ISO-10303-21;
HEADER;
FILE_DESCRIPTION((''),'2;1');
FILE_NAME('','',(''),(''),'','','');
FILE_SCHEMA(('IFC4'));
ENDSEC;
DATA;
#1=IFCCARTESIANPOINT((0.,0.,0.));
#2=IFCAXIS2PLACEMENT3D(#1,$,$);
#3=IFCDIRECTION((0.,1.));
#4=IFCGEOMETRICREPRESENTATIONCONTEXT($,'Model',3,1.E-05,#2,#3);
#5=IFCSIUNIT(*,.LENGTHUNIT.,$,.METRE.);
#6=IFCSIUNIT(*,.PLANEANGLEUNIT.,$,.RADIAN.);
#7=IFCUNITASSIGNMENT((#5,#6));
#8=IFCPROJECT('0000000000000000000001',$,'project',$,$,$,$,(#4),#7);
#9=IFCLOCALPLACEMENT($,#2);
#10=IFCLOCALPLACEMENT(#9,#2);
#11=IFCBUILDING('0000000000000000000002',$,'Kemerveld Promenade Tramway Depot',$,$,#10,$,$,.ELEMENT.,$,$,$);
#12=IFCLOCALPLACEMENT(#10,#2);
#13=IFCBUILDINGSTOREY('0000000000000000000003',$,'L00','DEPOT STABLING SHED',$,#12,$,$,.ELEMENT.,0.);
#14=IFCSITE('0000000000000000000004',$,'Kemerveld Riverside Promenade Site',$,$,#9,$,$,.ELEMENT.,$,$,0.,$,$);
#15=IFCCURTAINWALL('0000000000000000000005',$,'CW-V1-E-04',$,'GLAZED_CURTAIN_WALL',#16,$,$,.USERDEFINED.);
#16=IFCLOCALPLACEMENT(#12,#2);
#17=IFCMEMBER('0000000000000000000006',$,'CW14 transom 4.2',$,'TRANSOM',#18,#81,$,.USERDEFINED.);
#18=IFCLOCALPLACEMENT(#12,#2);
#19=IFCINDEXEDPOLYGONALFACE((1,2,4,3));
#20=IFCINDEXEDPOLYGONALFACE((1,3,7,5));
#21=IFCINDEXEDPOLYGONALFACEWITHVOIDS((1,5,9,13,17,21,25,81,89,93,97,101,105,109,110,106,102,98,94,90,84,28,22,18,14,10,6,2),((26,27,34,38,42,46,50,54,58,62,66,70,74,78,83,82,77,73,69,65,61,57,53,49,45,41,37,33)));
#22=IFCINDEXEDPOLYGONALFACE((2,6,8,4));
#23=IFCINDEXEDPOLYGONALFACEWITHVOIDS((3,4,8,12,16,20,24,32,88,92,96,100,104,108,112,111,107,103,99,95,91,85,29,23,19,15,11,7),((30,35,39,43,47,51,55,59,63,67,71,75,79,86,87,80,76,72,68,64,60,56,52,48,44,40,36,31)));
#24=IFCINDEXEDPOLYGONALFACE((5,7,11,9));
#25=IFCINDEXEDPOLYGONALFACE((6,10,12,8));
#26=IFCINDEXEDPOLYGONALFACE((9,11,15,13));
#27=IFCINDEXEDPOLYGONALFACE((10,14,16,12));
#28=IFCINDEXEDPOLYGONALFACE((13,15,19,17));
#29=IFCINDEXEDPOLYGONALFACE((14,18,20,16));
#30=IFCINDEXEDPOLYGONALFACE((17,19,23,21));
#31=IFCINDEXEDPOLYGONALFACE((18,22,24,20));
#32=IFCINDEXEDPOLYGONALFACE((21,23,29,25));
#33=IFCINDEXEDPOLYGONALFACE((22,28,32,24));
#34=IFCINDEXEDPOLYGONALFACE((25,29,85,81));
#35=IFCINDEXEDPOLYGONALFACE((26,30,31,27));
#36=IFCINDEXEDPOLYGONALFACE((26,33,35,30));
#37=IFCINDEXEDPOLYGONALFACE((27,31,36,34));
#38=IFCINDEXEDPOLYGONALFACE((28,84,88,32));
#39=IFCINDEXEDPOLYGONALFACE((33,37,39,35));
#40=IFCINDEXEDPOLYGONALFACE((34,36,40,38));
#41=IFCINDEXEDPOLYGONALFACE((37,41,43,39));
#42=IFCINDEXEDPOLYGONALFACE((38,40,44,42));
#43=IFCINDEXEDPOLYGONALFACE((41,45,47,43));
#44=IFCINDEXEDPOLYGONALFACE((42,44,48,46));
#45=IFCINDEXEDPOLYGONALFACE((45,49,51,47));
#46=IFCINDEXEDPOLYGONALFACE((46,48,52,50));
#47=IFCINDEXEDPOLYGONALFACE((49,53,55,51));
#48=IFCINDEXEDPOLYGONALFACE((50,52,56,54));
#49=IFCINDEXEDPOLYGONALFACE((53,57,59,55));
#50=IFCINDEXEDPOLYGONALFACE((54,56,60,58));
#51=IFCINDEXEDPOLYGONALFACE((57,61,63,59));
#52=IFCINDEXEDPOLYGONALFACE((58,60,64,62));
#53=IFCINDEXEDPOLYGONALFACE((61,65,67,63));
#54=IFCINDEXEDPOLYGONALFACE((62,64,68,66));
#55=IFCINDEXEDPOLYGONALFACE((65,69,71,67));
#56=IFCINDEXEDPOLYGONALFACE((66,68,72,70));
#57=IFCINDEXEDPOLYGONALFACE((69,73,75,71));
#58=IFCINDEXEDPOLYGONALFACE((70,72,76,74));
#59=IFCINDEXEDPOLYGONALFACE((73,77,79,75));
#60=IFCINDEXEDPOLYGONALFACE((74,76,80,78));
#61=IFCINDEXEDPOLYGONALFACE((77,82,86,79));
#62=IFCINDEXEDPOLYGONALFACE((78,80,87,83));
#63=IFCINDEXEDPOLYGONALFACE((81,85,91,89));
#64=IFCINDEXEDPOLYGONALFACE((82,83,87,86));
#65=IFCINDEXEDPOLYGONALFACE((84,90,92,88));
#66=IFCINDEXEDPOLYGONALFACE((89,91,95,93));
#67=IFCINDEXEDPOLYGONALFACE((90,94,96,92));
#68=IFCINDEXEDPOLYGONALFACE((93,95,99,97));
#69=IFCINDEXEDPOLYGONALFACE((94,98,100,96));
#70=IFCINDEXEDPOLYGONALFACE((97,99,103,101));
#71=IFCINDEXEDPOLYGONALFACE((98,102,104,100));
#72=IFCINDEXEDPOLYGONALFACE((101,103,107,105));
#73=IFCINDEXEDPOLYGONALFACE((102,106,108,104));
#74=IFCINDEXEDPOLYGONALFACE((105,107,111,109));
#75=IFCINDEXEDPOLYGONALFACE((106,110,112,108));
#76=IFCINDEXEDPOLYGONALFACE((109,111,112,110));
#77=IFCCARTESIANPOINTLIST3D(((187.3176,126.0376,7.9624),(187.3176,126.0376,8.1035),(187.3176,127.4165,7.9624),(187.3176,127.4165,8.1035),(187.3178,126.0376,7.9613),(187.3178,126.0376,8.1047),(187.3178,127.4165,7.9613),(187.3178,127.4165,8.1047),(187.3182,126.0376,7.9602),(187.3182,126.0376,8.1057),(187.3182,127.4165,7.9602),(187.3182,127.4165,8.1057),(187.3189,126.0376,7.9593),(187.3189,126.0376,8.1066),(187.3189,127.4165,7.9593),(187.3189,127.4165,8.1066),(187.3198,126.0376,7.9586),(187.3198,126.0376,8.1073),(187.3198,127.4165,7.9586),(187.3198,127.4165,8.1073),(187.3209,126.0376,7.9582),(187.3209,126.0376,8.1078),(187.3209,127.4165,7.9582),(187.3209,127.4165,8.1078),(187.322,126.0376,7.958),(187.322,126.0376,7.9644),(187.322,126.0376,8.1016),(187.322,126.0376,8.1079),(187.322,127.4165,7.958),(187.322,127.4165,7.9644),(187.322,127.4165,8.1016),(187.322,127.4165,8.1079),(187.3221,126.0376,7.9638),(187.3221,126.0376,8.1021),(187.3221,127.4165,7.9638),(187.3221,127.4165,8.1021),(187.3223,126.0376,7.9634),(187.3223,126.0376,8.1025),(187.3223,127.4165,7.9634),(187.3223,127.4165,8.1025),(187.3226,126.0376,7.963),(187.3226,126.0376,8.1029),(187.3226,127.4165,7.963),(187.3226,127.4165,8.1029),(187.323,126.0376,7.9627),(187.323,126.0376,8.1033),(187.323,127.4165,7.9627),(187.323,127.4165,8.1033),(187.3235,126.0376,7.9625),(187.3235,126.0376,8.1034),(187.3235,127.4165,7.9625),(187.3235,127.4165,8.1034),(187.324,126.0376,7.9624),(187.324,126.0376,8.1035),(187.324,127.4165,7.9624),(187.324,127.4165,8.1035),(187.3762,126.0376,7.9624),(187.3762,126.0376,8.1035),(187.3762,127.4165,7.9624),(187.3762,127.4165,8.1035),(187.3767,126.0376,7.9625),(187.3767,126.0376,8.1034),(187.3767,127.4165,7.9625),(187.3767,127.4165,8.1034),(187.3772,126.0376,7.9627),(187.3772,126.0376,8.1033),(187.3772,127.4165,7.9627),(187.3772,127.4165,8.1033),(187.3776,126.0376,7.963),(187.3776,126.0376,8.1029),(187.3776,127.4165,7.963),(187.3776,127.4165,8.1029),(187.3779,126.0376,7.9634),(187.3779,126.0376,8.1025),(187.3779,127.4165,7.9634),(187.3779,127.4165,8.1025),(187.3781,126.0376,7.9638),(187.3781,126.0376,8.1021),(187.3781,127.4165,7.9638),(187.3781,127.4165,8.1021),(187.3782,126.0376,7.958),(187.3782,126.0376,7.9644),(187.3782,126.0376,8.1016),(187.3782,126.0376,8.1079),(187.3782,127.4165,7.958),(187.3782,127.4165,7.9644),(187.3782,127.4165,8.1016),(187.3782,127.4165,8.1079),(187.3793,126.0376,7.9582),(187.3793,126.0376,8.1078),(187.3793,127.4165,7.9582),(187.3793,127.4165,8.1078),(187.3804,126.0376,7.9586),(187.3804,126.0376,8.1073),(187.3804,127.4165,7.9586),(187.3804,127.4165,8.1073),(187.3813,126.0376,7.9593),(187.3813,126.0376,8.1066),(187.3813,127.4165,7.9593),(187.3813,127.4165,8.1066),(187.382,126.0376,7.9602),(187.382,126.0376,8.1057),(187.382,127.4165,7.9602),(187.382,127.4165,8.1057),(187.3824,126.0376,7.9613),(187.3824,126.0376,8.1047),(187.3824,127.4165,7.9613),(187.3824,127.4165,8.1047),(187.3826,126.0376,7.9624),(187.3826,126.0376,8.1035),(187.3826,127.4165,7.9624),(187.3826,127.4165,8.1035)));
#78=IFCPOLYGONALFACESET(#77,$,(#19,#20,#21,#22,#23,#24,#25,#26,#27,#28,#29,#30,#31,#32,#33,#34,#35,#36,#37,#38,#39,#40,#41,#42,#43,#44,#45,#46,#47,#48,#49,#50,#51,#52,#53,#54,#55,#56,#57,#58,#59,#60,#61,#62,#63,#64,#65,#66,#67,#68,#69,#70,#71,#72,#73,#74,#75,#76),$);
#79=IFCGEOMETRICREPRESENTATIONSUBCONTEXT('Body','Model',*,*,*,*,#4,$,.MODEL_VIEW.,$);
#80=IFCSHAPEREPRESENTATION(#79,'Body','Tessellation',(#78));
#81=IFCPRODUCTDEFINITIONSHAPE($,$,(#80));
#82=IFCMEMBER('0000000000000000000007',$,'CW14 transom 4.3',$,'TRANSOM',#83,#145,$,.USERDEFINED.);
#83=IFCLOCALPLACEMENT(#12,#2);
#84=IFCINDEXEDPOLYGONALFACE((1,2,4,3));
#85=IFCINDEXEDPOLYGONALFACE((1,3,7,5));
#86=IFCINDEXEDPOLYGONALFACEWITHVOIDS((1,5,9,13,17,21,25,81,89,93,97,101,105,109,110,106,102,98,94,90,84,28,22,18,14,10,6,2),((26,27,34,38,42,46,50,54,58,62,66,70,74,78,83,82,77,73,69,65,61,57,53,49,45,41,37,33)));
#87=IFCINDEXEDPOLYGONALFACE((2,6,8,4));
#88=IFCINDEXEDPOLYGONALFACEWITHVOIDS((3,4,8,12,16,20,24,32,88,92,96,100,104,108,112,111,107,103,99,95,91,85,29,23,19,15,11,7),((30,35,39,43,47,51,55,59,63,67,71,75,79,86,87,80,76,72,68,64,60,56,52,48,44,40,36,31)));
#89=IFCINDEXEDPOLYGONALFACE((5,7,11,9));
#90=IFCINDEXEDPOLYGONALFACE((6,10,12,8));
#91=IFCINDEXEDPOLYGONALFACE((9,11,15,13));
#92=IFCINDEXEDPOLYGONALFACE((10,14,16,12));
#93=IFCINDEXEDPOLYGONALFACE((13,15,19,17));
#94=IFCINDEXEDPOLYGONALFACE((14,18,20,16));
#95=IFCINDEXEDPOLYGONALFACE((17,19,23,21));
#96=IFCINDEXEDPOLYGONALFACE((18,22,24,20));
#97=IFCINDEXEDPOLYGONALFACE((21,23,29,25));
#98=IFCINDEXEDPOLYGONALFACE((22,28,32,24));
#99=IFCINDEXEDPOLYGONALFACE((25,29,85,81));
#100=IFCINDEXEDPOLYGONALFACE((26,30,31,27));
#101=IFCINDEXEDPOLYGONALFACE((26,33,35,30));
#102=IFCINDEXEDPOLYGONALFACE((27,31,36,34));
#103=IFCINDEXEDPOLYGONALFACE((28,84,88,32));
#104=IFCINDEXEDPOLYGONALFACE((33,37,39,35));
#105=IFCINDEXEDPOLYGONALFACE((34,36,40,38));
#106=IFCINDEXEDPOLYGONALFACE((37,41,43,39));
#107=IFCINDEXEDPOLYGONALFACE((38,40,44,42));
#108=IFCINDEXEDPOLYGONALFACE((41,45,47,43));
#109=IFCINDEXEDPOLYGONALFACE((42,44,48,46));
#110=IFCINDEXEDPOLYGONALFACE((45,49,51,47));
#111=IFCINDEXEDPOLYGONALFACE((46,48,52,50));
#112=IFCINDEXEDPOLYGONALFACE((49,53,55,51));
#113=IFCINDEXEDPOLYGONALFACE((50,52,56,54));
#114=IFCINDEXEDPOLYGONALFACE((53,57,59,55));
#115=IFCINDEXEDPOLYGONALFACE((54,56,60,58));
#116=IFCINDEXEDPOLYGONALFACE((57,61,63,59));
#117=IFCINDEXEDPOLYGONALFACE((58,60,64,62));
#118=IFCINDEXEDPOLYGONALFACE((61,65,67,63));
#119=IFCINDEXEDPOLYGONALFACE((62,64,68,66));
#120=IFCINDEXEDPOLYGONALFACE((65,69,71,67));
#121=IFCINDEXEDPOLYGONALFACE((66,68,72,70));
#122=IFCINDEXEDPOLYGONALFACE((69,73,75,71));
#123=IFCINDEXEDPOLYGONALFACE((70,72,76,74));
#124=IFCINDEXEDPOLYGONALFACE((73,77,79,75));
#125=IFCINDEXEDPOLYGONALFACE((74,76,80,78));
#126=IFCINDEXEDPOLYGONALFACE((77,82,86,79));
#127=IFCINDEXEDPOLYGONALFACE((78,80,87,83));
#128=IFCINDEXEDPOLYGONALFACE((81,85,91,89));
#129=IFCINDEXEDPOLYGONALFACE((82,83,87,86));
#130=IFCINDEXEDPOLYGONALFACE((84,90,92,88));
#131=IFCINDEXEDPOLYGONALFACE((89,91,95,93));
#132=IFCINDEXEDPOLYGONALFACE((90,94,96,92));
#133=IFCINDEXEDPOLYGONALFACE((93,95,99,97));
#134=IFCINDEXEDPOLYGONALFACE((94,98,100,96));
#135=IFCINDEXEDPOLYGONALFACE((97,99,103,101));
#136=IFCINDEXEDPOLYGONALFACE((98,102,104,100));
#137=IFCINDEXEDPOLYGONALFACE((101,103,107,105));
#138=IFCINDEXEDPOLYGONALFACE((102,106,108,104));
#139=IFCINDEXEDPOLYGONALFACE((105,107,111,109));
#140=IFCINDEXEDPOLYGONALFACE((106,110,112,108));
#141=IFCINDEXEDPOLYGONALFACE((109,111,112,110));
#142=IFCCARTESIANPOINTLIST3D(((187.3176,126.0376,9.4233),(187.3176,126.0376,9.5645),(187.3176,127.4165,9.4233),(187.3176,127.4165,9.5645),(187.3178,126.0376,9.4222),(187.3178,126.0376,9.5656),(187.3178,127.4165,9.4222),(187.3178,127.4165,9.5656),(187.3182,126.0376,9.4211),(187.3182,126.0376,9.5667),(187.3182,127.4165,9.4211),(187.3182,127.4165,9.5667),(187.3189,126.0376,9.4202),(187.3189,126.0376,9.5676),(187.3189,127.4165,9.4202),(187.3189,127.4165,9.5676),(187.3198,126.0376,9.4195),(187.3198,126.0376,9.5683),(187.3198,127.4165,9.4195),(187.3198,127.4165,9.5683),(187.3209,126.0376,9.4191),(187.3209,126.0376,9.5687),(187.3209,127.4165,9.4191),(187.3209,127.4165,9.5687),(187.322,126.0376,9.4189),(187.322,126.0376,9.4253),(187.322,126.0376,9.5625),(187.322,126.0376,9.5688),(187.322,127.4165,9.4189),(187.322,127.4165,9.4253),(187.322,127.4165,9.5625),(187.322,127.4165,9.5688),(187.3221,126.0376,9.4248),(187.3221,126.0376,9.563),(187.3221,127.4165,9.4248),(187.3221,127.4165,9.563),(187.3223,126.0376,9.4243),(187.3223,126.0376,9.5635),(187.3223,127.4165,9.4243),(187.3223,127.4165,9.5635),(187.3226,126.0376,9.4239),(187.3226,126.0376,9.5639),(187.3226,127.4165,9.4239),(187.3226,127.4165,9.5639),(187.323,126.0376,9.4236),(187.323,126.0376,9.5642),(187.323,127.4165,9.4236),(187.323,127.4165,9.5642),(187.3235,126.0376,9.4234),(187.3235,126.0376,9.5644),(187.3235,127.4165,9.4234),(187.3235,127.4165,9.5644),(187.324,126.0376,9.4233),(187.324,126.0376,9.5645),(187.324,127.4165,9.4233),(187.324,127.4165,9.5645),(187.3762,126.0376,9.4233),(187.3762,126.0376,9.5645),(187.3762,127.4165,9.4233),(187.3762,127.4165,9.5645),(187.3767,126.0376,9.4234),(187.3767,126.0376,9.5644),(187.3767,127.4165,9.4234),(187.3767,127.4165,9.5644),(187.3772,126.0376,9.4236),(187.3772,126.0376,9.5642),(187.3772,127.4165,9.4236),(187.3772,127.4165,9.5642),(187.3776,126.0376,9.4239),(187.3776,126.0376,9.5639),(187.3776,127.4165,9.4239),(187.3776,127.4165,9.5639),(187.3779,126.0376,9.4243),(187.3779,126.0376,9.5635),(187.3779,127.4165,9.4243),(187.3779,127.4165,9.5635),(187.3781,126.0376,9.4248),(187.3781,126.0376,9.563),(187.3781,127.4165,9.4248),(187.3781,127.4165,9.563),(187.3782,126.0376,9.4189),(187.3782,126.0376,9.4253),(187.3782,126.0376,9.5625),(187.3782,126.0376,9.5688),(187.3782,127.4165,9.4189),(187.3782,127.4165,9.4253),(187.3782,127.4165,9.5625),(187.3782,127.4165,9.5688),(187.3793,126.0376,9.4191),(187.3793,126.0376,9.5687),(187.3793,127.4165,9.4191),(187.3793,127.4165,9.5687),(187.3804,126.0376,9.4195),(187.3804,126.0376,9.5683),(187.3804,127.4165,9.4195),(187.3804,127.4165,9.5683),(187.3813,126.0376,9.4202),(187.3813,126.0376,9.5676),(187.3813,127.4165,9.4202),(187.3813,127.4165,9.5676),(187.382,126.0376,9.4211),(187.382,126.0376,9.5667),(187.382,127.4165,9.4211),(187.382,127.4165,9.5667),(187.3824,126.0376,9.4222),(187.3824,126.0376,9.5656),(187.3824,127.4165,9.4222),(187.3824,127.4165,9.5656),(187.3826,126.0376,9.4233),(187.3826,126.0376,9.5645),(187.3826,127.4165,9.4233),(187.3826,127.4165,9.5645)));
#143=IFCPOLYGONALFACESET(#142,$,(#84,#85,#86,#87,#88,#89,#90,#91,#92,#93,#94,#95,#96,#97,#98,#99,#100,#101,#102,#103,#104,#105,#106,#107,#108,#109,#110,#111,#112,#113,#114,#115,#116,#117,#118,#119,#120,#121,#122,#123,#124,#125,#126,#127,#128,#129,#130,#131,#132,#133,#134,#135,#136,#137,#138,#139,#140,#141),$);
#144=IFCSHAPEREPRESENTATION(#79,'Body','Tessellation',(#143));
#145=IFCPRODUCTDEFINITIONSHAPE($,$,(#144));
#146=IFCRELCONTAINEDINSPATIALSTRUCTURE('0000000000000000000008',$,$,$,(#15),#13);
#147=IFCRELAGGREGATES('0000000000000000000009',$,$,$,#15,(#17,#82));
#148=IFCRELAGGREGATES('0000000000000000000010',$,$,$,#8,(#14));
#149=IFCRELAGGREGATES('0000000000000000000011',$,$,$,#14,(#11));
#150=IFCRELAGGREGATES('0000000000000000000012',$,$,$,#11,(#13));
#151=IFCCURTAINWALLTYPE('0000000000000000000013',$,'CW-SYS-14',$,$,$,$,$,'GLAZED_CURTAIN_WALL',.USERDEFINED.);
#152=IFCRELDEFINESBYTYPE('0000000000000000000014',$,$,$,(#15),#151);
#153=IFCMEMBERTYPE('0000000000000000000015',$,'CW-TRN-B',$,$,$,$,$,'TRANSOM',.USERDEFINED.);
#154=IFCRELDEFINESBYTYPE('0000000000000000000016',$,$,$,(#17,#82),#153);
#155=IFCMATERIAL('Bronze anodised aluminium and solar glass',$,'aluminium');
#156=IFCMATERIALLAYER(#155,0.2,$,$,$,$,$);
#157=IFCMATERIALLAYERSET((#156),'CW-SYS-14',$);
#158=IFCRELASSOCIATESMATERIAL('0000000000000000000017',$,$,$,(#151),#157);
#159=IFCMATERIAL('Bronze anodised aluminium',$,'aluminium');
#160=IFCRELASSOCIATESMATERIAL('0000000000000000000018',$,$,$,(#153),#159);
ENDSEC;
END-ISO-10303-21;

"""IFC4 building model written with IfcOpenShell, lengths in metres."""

from ifc_helpers import new_model, si_unit, direction, frame, origin, origin_2d, place, context, subcontext, project, spatial, hollow_rectangle, extrude, material, layer, layer_set, material_profile, profile_set, type_object, element, aggregate, save


model = new_model("IFC4")

# Units and contexts
model_context = context("Model", 3, precision=1e-05, world=origin(), true_north=direction((0.0, 1.0)))
body_context = subcontext(model_context, "Body", "Model", "MODEL_VIEW")
ifc_project = project(units=[si_unit("LENGTHUNIT", "METRE"), si_unit("PLANEANGLEUNIT", "RADIAN")], contexts=[model_context])

# Site, building, storey
site_placement = place(None, origin())
site = spatial("IfcSite", under=ifc_project, at=site_placement, Name="Kemerveld Riverside Promenade Site", CompositionType="ELEMENT", RefElevation=0.0)
building_placement = place(site_placement, origin())
building = spatial("IfcBuilding", under=site, at=building_placement, Name="Kemerveld Promenade Tramway Depot", CompositionType="ELEMENT")
storey_placement = place(building_placement, origin())
storey = spatial("IfcBuildingStorey", under=building, at=storey_placement, Name="L00", Description="DEPOT STABLING SHED", CompositionType="ELEMENT", Elevation=0.0)

# Curtain wall, members
ifc_material_1 = material(Name="Bronze anodised aluminium and solar glass", Category="aluminium")
ifc_layer_1 = layer(ifc_material_1, 0.2)
ifc_layer_set_1 = layer_set([ifc_layer_1], Name="CW-SYS-14")
curtain_wall_type = type_object("IfcCurtainWallType", Name="CW-SYS-14", ElementType="GLAZED_CURTAIN_WALL", PredefinedType="USERDEFINED", material=ifc_layer_set_1)
curtain_wall_placement = place(storey_placement, origin())
curtain_wall = element("IfcCurtainWall", 1, at=curtain_wall_placement, inside=storey, type_object=curtain_wall_type, Name="CW-V1-E-04", ObjectType="GLAZED_CURTAIN_WALL", PredefinedType="USERDEFINED")
ifc_material_2 = material(Name="Bronze anodised aluminium", Category="aluminium")
ifc_material_profile_1 = material_profile(ifc_material_2, hollow_rectangle(XDim=0.0649, YDim=0.1499, WallThickness=0.0044, InnerFilletRadius=0.002, OuterFilletRadius=0.0044, at=origin_2d()), Name="CW-TRN-150x65")
ifc_profile_set_1 = profile_set([ifc_material_profile_1], Name="Bronze anodised aluminium")
member_type_1 = type_object("IfcMemberType", Name="CW-TRN-B", ElementType="TRANSOM", PredefinedType="USERDEFINED", material=ifc_profile_set_1)
member_1_placement = place(storey_placement, frame((187.3501, 127.4165, 8.033), z_axis=(0.0, -1.0, 0.0), x_axis=(1.0, 0.0, 0.0)))
member_1 = element("IfcMember", 2, at=member_1_placement, type_object=member_type_1, Name="CW14 transom 4.2", ObjectType="TRANSOM", PredefinedType="USERDEFINED", context=body_context, shape_type="SweptSolid", body=[
    extrude(hollow_rectangle(XDim=0.0649, YDim=0.1499, WallThickness=0.0044, InnerFilletRadius=0.002, OuterFilletRadius=0.0044, at=origin_2d()), origin(), (0.0, 0.0, 1.0), 1.3789),
])
member_2_placement = place(storey_placement, frame((187.3501, 127.4165, 9.4939), z_axis=(0.0, -1.0, 0.0), x_axis=(1.0, 0.0, 0.0)))
member_2 = element("IfcMember", 3, at=member_2_placement, type_object=member_type_1, Name="CW14 transom 4.3", ObjectType="TRANSOM", PredefinedType="USERDEFINED", context=body_context, shape_type="SweptSolid", body=[
    extrude(hollow_rectangle(XDim=0.0649, YDim=0.1499, WallThickness=0.0044, InnerFilletRadius=0.002, OuterFilletRadius=0.0044, at=origin_2d()), origin(), (0.0, 0.0, 1.0), 1.3789),
])

aggregate(curtain_wall, [member_1, member_2])

save(model, "model.ifc")
